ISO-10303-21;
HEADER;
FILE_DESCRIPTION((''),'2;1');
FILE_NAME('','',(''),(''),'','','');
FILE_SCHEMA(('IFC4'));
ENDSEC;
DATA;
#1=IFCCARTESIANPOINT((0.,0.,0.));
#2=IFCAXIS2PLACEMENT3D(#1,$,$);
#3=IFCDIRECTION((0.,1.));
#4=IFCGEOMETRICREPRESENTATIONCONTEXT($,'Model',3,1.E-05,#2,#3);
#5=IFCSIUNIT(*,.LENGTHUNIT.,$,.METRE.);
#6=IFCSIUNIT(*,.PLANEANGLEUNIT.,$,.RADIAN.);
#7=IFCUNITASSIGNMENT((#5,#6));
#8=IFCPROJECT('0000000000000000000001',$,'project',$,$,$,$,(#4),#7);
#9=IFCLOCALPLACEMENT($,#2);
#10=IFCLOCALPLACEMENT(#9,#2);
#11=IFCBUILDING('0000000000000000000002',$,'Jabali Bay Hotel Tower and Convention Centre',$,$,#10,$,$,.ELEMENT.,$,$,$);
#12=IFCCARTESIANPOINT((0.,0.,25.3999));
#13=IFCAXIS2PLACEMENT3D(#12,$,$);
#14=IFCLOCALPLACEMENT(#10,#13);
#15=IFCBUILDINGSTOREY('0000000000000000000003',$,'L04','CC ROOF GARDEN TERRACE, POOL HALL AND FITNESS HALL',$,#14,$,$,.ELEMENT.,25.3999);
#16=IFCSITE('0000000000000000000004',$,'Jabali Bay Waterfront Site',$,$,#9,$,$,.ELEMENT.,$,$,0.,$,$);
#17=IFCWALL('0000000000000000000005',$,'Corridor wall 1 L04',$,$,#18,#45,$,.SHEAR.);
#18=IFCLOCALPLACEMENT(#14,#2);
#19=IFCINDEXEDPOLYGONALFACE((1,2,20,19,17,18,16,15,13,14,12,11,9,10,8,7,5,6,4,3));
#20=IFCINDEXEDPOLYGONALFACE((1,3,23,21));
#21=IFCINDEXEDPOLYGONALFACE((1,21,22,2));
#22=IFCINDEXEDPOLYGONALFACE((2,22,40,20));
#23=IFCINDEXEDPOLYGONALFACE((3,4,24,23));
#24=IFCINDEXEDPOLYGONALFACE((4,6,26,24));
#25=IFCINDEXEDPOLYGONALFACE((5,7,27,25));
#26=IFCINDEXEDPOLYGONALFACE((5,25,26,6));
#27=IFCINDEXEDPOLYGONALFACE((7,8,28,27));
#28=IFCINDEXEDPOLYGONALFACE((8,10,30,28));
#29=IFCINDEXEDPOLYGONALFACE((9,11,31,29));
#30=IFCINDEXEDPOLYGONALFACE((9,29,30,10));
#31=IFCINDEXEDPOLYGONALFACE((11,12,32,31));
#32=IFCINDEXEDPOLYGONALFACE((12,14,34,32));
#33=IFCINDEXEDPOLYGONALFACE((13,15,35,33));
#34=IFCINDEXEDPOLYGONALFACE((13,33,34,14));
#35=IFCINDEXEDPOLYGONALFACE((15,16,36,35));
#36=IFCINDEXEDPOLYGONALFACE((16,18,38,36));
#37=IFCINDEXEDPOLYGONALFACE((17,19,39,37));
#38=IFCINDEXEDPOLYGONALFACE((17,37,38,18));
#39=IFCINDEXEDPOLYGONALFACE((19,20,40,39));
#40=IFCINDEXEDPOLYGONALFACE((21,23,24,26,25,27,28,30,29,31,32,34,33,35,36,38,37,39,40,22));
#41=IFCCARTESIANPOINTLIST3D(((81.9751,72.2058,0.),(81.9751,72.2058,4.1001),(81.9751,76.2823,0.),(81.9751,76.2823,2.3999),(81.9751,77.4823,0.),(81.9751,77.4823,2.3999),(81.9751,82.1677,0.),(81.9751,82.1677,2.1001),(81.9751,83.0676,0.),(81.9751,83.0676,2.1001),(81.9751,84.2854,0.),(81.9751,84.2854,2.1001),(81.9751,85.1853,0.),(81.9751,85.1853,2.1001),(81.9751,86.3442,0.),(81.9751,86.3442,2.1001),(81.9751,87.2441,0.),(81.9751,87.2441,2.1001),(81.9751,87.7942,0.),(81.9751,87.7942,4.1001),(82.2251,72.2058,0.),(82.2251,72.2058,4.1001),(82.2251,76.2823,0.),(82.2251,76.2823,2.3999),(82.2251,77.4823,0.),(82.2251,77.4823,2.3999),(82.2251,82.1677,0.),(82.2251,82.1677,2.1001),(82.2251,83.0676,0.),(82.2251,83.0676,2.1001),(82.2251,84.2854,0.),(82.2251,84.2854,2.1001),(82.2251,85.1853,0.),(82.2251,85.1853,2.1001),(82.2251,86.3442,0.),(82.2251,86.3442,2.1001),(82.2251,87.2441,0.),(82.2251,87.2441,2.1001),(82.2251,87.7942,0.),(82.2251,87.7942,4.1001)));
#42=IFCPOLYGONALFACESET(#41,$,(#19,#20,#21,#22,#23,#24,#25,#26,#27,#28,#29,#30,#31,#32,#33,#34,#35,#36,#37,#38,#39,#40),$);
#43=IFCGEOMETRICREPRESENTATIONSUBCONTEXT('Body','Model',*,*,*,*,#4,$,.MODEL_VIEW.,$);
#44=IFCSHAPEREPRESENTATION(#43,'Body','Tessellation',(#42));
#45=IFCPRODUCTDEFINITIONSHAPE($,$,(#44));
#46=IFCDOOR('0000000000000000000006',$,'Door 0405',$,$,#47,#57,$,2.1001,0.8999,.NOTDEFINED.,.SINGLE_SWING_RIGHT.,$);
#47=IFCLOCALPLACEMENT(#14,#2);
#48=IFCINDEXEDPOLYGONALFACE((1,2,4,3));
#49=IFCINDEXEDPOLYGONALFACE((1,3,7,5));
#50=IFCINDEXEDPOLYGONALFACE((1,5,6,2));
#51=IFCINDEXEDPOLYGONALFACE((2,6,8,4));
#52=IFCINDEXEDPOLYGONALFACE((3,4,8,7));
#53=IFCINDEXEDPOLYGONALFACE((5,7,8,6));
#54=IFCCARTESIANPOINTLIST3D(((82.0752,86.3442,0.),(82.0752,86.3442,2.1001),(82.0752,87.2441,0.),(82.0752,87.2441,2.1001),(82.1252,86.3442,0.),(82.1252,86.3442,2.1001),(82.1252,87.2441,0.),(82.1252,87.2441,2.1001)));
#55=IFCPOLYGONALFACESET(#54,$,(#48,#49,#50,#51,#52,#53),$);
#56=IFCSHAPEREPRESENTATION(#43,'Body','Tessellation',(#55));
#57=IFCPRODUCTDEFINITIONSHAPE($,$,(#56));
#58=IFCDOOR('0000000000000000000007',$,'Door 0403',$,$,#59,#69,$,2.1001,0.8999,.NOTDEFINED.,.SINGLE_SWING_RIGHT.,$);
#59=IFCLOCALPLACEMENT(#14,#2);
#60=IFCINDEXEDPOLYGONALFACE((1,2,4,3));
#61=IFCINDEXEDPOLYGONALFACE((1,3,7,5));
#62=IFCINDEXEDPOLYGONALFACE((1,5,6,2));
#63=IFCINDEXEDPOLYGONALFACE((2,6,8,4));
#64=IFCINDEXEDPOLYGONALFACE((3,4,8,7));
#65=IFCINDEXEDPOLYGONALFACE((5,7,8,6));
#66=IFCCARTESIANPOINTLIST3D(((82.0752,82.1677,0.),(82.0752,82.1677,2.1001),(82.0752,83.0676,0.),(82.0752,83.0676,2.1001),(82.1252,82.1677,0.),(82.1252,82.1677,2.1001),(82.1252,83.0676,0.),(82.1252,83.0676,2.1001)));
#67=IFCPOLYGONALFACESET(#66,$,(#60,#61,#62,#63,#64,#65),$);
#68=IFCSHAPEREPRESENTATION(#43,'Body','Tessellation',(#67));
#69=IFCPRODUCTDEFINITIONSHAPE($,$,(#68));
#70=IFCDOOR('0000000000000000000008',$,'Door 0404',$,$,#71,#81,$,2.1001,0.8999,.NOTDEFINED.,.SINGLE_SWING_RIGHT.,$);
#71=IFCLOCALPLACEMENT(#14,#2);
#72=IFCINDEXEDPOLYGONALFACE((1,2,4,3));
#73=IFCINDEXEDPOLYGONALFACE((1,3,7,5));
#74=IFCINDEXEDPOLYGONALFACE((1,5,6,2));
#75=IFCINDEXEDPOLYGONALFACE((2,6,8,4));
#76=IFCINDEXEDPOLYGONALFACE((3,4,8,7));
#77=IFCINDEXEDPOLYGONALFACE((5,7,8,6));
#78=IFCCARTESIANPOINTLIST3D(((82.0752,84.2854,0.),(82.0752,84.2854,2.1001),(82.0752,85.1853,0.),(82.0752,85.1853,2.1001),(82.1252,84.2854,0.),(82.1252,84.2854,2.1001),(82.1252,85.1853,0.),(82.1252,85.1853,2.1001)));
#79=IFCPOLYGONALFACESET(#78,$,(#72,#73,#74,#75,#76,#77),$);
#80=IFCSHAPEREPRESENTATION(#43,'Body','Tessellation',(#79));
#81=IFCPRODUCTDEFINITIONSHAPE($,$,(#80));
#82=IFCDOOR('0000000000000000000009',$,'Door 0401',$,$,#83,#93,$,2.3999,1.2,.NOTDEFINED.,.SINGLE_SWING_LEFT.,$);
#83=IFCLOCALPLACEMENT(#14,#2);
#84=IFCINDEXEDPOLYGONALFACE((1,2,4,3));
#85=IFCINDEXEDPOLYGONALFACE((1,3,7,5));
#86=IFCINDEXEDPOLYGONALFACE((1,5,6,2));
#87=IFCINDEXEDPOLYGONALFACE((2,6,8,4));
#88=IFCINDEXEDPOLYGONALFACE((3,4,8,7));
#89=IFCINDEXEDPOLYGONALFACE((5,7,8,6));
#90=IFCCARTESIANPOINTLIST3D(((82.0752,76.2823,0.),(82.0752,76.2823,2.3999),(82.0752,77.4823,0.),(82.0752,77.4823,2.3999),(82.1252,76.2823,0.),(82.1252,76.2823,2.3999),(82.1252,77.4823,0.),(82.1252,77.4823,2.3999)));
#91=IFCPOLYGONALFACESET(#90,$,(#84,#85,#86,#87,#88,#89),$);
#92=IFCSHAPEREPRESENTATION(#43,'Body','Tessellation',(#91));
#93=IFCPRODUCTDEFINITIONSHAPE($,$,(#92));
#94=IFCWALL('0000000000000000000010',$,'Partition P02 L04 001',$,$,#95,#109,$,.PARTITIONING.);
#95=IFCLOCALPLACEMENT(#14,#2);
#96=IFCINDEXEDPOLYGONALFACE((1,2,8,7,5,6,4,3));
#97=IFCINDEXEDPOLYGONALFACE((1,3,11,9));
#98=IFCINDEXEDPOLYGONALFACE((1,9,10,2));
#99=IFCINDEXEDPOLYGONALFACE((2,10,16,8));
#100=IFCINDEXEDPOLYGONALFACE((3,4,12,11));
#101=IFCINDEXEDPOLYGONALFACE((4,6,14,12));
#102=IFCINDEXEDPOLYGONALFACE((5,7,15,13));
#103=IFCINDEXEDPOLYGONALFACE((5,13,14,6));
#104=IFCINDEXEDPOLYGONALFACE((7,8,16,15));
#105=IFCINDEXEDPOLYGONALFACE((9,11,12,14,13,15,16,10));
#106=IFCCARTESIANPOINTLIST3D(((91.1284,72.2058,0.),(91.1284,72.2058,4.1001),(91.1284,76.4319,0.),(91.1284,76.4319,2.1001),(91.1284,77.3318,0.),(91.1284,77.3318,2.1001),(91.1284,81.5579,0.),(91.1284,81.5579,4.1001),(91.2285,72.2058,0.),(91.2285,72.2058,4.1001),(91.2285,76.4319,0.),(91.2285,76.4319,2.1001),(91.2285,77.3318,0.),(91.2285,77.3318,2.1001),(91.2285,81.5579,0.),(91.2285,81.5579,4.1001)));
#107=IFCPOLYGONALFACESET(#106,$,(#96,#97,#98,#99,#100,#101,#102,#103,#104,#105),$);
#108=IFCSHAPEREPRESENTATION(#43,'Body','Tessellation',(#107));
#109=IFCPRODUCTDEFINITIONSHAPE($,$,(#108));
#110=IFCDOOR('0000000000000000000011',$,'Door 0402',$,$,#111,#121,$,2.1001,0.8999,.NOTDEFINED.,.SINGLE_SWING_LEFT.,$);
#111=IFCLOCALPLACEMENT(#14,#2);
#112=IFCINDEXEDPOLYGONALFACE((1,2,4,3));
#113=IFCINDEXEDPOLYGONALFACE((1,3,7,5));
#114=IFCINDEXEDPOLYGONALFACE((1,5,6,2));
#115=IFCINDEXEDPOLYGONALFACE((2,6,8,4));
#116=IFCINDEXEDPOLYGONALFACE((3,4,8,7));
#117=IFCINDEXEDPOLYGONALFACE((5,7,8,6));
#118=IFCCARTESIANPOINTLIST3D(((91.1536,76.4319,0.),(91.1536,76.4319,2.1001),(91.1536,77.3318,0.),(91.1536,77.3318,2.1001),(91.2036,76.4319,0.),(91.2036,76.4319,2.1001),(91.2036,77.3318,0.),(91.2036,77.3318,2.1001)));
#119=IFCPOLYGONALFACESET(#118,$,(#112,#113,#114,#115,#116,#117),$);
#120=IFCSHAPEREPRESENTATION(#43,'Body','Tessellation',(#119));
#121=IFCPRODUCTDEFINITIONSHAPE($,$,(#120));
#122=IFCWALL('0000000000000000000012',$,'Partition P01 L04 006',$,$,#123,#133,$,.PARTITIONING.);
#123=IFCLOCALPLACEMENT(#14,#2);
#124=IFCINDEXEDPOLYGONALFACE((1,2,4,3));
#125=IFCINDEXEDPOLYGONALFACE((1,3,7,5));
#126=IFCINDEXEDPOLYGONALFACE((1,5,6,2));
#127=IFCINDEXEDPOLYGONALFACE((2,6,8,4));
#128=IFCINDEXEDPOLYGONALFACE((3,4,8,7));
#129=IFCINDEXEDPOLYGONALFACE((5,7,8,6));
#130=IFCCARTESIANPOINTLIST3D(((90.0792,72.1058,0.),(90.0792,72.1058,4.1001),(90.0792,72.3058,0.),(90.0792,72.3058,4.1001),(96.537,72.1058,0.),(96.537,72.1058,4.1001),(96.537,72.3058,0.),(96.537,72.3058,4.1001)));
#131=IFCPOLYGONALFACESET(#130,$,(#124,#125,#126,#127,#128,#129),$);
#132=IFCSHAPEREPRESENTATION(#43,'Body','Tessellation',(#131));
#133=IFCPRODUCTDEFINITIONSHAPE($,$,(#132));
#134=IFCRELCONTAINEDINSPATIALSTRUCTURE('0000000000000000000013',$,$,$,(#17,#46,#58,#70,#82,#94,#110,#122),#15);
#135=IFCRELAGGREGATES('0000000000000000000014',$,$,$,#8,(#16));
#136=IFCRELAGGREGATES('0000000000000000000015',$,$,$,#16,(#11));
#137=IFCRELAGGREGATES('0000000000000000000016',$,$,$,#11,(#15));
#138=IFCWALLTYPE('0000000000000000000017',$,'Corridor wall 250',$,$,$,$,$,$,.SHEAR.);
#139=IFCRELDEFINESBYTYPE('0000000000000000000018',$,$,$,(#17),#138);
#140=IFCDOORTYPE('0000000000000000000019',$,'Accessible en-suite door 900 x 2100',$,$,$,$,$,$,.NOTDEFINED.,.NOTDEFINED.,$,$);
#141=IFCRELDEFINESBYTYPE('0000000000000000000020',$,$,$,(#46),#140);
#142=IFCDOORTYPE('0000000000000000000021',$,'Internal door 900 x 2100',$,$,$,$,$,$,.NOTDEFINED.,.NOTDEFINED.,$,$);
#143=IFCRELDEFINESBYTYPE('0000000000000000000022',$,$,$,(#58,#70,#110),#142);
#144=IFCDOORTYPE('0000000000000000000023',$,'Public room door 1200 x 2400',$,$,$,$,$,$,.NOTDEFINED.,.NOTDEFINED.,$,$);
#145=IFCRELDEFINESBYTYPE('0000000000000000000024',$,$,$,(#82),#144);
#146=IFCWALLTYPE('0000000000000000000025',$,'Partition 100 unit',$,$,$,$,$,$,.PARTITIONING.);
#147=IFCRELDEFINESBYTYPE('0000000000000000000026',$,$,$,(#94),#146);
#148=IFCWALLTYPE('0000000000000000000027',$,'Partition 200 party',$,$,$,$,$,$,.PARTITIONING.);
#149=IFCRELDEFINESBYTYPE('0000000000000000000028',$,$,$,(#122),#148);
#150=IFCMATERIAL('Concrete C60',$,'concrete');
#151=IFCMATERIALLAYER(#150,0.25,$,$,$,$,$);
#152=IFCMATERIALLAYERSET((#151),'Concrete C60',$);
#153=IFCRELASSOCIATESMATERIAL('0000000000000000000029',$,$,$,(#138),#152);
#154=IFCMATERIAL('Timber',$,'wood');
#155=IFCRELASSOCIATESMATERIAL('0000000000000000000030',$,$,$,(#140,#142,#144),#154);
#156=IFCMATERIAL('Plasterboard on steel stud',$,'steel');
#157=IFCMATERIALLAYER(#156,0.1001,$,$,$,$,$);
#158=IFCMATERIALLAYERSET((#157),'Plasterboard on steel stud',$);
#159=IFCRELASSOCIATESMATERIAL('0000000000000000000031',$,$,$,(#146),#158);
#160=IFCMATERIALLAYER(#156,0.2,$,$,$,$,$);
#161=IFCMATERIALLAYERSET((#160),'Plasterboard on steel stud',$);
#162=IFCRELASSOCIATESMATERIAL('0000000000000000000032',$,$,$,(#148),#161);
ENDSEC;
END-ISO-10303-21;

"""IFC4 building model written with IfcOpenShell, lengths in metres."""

from ifc_helpers import new_model, si_unit, direction, frame, frame_2d, origin, place, context, subcontext, project, spatial, rectangle, extrude, material, layer, layer_set, type_object, element, fill, save


model = new_model("IFC4")

# Units and contexts
model_context = context("Model", 3, precision=1e-05, world=origin(), true_north=direction((0.0, 1.0)))
body_context = subcontext(model_context, "Body", "Model", "MODEL_VIEW")
ifc_project = project(units=[si_unit("LENGTHUNIT", "METRE"), si_unit("PLANEANGLEUNIT", "RADIAN")], contexts=[model_context])

# Site, building, storey
site_placement = place(None, origin())
site = spatial("IfcSite", under=ifc_project, at=site_placement, Name="Jabali Bay Waterfront Site", CompositionType="ELEMENT", RefElevation=0.0)
building_placement = place(site_placement, origin())
building = spatial("IfcBuilding", under=site, at=building_placement, Name="Jabali Bay Hotel Tower and Convention Centre", CompositionType="ELEMENT")
storey_placement = place(building_placement, frame((0.0, 0.0, 25.3999)))
storey = spatial("IfcBuildingStorey", under=building, at=storey_placement, Name="L04", Description="CC ROOF GARDEN TERRACE, POOL HALL AND FITNESS HALL", CompositionType="ELEMENT", Elevation=25.3999)

# Shared definitions
ifc_material_1 = material(Name="Concrete C60", Category="concrete")

# Wall, openings, doors
ifc_layer_1 = layer(ifc_material_1, 0.25)
ifc_layer_set_1 = layer_set([ifc_layer_1], Name="Concrete C60")
wall_type_1 = type_object("IfcWallType", Name="Corridor wall 250", PredefinedType="SHEAR", material=ifc_layer_set_1)
wall_1_placement = place(storey_placement, frame((82.1001, 72.2058, 0.0), z_axis=(0.0, 0.0, 1.0), x_axis=(0.0, 1.0, 0.0)))
wall_1 = element("IfcWall", 1, at=wall_1_placement, inside=storey, type_object=wall_type_1, Name="Corridor wall 1 L04", PredefinedType="SHEAR", context=body_context, shape_type="SweptSolid", body=[
    extrude(rectangle(XDim=15.5884, YDim=0.25, at=frame_2d((7.7942, 0.0))), origin(), (0.0, 0.0, 1.0), 4.1001),
])
opening_1_placement = place(wall_1_placement, frame((4.0764, 0.0, 0.0)))
opening_1 = element("IfcOpeningElement", 2, at=opening_1_placement, cuts=wall_1, PredefinedType="OPENING", context=body_context, shape_type="SweptSolid", body=[
    extrude(rectangle(XDim=1.2, YDim=2.3999, at=frame_2d((0.6001, 1.2))), frame((0.0, 0.1355, 0.0), z_axis=(0.0, -1.0, 0.0), x_axis=(1.0, 0.0, 0.0)), (0.0, 0.0, 1.0), 0.271),
])
opening_2_placement = place(wall_1_placement, frame((9.9619, 0.0, 0.0)))
opening_2 = element("IfcOpeningElement", 3, at=opening_2_placement, cuts=wall_1, PredefinedType="OPENING", context=body_context, shape_type="SweptSolid", body=[
    extrude(rectangle(XDim=0.8999, YDim=2.1001, at=frame_2d((0.45, 1.05))), frame((0.0, 0.1355, 0.0), z_axis=(0.0, -1.0, 0.0), x_axis=(1.0, 0.0, 0.0)), (0.0, 0.0, 1.0), 0.271),
])
opening_3_placement = place(wall_1_placement, frame((12.0796, 0.0, 0.0)))
opening_3 = element("IfcOpeningElement", 4, at=opening_3_placement, cuts=wall_1, PredefinedType="OPENING", context=body_context, shape_type="SweptSolid", body=[
    extrude(rectangle(XDim=0.8999, YDim=2.1001, at=frame_2d((0.45, 1.05))), frame((0.0, 0.1355, 0.0), z_axis=(0.0, -1.0, 0.0), x_axis=(1.0, 0.0, 0.0)), (0.0, 0.0, 1.0), 0.271),
])
opening_4_placement = place(wall_1_placement, frame((14.1384, 0.0, 0.0)))
opening_4 = element("IfcOpeningElement", 5, at=opening_4_placement, cuts=wall_1, PredefinedType="OPENING", context=body_context, shape_type="SweptSolid", body=[
    extrude(rectangle(XDim=0.8999, YDim=2.1001, at=frame_2d((0.45, 1.05))), frame((0.0, 0.1355, 0.0), z_axis=(0.0, -1.0, 0.0), x_axis=(1.0, 0.0, 0.0)), (0.0, 0.0, 1.0), 0.271),
])
ifc_material_2 = material(Name="Timber", Category="wood")
door_type_1 = type_object("IfcDoorType", Name="Accessible en-suite door 900 x 2100", OperationType="NOTDEFINED", PredefinedType="NOTDEFINED", material=ifc_material_2)
door_1_placement = place(opening_4_placement, origin())
door_1 = element("IfcDoor", 6, at=door_1_placement, inside=storey, type_object=door_type_1, Name="Door 0405", OperationType="SINGLE_SWING_RIGHT", OverallHeight=2.1001, OverallWidth=0.8999, PredefinedType="NOTDEFINED", context=body_context, shape_type="SweptSolid", body=[
    extrude(rectangle(XDim=0.8999, YDim=2.1001, at=frame_2d((0.45, 1.05))), frame((0.0, 0.0249, 0.0), z_axis=(0.0, -1.0, 0.0), x_axis=(1.0, 0.0, 0.0)), (0.0, 0.0, 1.0), 0.05),
])
fill(opening_4, door_1)
door_type_2 = type_object("IfcDoorType", Name="Internal door 900 x 2100", OperationType="NOTDEFINED", PredefinedType="NOTDEFINED", material=ifc_material_2)
door_2_placement = place(opening_2_placement, origin())
door_2 = element("IfcDoor", 7, at=door_2_placement, inside=storey, type_object=door_type_2, Name="Door 0403", OperationType="SINGLE_SWING_RIGHT", OverallHeight=2.1001, OverallWidth=0.8999, PredefinedType="NOTDEFINED", context=body_context, shape_type="SweptSolid", body=[
    extrude(rectangle(XDim=0.8999, YDim=2.1001, at=frame_2d((0.45, 1.05))), frame((0.0, 0.0249, 0.0), z_axis=(0.0, -1.0, 0.0), x_axis=(1.0, 0.0, 0.0)), (0.0, 0.0, 1.0), 0.05),
])
fill(opening_2, door_2)
door_3_placement = place(opening_3_placement, origin())
door_3 = element("IfcDoor", 8, at=door_3_placement, inside=storey, type_object=door_type_2, Name="Door 0404", OperationType="SINGLE_SWING_RIGHT", OverallHeight=2.1001, OverallWidth=0.8999, PredefinedType="NOTDEFINED", context=body_context, shape_type="SweptSolid", body=[
    extrude(rectangle(XDim=0.8999, YDim=2.1001, at=frame_2d((0.45, 1.05))), frame((0.0, 0.0249, 0.0), z_axis=(0.0, -1.0, 0.0), x_axis=(1.0, 0.0, 0.0)), (0.0, 0.0, 1.0), 0.05),
])
fill(opening_3, door_3)
door_type_3 = type_object("IfcDoorType", Name="Public room door 1200 x 2400", OperationType="NOTDEFINED", PredefinedType="NOTDEFINED", material=ifc_material_2)
door_4_placement = place(opening_1_placement, origin())
door_4 = element("IfcDoor", 9, at=door_4_placement, inside=storey, type_object=door_type_3, Name="Door 0401", OperationType="SINGLE_SWING_LEFT", OverallHeight=2.3999, OverallWidth=1.2, PredefinedType="NOTDEFINED", context=body_context, shape_type="SweptSolid", body=[
    extrude(rectangle(XDim=1.2, YDim=2.3999, at=frame_2d((0.6001, 1.2))), frame((0.0, 0.0249, 0.0), z_axis=(0.0, -1.0, 0.0), x_axis=(1.0, 0.0, 0.0)), (0.0, 0.0, 1.0), 0.05),
])
fill(opening_1, door_4)

# Wall, opening, door
ifc_material_3 = material(Name="Plasterboard on steel stud", Category="steel")
ifc_layer_2 = layer(ifc_material_3, 0.1001)
ifc_layer_set_2 = layer_set([ifc_layer_2], Name="Plasterboard on steel stud")
wall_type_2 = type_object("IfcWallType", Name="Partition 100 unit", PredefinedType="PARTITIONING", material=ifc_layer_set_2)
wall_2_placement = place(storey_placement, frame((91.1785, 72.2058, 0.0), z_axis=(0.0, 0.0, 1.0), x_axis=(0.0, 1.0, 0.0)))
wall_2 = element("IfcWall", 10, at=wall_2_placement, inside=storey, type_object=wall_type_2, Name="Partition P02 L04 001", PredefinedType="PARTITIONING", context=body_context, shape_type="SweptSolid", body=[
    extrude(rectangle(XDim=9.3521, YDim=0.1001, at=frame_2d((4.676, 0.0))), origin(), (0.0, 0.0, 1.0), 4.1001),
])
opening_5_placement = place(wall_2_placement, frame((4.2261, 0.0, 0.0)))
opening_5 = element("IfcOpeningElement", 11, at=opening_5_placement, cuts=wall_2, PredefinedType="OPENING", context=body_context, shape_type="SweptSolid", body=[
    extrude(rectangle(XDim=0.8999, YDim=2.1001, at=frame_2d((0.45, 1.05))), frame((0.0, 0.0605, 0.0), z_axis=(0.0, -1.0, 0.0), x_axis=(1.0, 0.0, 0.0)), (0.0, 0.0, 1.0), 0.1211),
])
door_5_placement = place(opening_5_placement, origin())
door_5 = element("IfcDoor", 12, at=door_5_placement, inside=storey, type_object=door_type_2, Name="Door 0402", OperationType="SINGLE_SWING_LEFT", OverallHeight=2.1001, OverallWidth=0.8999, PredefinedType="NOTDEFINED", context=body_context, shape_type="SweptSolid", body=[
    extrude(rectangle(XDim=0.8999, YDim=2.1001, at=frame_2d((0.45, 1.05))), frame((0.0, 0.0249, 0.0), z_axis=(0.0, -1.0, 0.0), x_axis=(1.0, 0.0, 0.0)), (0.0, 0.0, 1.0), 0.05),
])
fill(opening_5, door_5)

# Wall
ifc_layer_3 = layer(ifc_material_3, 0.2)
ifc_layer_set_3 = layer_set([ifc_layer_3], Name="Plasterboard on steel stud")
wall_type_3 = type_object("IfcWallType", Name="Partition 200 party", PredefinedType="PARTITIONING", material=ifc_layer_set_3)
wall_3_placement = place(storey_placement, frame((90.0791, 72.2058, 0.0), z_axis=(0.0, 0.0, 1.0), x_axis=(1.0, 0.0, 0.0)))
element("IfcWall", 13, at=wall_3_placement, inside=storey, type_object=wall_type_3, Name="Partition P01 L04 006", PredefinedType="PARTITIONING", context=body_context, shape_type="SweptSolid", body=[
    extrude(rectangle(XDim=6.4578, YDim=0.2, at=frame_2d((3.229, 0.0))), origin(), (0.0, 0.0, 1.0), 4.1001),
])

save(model, "model.ifc")
